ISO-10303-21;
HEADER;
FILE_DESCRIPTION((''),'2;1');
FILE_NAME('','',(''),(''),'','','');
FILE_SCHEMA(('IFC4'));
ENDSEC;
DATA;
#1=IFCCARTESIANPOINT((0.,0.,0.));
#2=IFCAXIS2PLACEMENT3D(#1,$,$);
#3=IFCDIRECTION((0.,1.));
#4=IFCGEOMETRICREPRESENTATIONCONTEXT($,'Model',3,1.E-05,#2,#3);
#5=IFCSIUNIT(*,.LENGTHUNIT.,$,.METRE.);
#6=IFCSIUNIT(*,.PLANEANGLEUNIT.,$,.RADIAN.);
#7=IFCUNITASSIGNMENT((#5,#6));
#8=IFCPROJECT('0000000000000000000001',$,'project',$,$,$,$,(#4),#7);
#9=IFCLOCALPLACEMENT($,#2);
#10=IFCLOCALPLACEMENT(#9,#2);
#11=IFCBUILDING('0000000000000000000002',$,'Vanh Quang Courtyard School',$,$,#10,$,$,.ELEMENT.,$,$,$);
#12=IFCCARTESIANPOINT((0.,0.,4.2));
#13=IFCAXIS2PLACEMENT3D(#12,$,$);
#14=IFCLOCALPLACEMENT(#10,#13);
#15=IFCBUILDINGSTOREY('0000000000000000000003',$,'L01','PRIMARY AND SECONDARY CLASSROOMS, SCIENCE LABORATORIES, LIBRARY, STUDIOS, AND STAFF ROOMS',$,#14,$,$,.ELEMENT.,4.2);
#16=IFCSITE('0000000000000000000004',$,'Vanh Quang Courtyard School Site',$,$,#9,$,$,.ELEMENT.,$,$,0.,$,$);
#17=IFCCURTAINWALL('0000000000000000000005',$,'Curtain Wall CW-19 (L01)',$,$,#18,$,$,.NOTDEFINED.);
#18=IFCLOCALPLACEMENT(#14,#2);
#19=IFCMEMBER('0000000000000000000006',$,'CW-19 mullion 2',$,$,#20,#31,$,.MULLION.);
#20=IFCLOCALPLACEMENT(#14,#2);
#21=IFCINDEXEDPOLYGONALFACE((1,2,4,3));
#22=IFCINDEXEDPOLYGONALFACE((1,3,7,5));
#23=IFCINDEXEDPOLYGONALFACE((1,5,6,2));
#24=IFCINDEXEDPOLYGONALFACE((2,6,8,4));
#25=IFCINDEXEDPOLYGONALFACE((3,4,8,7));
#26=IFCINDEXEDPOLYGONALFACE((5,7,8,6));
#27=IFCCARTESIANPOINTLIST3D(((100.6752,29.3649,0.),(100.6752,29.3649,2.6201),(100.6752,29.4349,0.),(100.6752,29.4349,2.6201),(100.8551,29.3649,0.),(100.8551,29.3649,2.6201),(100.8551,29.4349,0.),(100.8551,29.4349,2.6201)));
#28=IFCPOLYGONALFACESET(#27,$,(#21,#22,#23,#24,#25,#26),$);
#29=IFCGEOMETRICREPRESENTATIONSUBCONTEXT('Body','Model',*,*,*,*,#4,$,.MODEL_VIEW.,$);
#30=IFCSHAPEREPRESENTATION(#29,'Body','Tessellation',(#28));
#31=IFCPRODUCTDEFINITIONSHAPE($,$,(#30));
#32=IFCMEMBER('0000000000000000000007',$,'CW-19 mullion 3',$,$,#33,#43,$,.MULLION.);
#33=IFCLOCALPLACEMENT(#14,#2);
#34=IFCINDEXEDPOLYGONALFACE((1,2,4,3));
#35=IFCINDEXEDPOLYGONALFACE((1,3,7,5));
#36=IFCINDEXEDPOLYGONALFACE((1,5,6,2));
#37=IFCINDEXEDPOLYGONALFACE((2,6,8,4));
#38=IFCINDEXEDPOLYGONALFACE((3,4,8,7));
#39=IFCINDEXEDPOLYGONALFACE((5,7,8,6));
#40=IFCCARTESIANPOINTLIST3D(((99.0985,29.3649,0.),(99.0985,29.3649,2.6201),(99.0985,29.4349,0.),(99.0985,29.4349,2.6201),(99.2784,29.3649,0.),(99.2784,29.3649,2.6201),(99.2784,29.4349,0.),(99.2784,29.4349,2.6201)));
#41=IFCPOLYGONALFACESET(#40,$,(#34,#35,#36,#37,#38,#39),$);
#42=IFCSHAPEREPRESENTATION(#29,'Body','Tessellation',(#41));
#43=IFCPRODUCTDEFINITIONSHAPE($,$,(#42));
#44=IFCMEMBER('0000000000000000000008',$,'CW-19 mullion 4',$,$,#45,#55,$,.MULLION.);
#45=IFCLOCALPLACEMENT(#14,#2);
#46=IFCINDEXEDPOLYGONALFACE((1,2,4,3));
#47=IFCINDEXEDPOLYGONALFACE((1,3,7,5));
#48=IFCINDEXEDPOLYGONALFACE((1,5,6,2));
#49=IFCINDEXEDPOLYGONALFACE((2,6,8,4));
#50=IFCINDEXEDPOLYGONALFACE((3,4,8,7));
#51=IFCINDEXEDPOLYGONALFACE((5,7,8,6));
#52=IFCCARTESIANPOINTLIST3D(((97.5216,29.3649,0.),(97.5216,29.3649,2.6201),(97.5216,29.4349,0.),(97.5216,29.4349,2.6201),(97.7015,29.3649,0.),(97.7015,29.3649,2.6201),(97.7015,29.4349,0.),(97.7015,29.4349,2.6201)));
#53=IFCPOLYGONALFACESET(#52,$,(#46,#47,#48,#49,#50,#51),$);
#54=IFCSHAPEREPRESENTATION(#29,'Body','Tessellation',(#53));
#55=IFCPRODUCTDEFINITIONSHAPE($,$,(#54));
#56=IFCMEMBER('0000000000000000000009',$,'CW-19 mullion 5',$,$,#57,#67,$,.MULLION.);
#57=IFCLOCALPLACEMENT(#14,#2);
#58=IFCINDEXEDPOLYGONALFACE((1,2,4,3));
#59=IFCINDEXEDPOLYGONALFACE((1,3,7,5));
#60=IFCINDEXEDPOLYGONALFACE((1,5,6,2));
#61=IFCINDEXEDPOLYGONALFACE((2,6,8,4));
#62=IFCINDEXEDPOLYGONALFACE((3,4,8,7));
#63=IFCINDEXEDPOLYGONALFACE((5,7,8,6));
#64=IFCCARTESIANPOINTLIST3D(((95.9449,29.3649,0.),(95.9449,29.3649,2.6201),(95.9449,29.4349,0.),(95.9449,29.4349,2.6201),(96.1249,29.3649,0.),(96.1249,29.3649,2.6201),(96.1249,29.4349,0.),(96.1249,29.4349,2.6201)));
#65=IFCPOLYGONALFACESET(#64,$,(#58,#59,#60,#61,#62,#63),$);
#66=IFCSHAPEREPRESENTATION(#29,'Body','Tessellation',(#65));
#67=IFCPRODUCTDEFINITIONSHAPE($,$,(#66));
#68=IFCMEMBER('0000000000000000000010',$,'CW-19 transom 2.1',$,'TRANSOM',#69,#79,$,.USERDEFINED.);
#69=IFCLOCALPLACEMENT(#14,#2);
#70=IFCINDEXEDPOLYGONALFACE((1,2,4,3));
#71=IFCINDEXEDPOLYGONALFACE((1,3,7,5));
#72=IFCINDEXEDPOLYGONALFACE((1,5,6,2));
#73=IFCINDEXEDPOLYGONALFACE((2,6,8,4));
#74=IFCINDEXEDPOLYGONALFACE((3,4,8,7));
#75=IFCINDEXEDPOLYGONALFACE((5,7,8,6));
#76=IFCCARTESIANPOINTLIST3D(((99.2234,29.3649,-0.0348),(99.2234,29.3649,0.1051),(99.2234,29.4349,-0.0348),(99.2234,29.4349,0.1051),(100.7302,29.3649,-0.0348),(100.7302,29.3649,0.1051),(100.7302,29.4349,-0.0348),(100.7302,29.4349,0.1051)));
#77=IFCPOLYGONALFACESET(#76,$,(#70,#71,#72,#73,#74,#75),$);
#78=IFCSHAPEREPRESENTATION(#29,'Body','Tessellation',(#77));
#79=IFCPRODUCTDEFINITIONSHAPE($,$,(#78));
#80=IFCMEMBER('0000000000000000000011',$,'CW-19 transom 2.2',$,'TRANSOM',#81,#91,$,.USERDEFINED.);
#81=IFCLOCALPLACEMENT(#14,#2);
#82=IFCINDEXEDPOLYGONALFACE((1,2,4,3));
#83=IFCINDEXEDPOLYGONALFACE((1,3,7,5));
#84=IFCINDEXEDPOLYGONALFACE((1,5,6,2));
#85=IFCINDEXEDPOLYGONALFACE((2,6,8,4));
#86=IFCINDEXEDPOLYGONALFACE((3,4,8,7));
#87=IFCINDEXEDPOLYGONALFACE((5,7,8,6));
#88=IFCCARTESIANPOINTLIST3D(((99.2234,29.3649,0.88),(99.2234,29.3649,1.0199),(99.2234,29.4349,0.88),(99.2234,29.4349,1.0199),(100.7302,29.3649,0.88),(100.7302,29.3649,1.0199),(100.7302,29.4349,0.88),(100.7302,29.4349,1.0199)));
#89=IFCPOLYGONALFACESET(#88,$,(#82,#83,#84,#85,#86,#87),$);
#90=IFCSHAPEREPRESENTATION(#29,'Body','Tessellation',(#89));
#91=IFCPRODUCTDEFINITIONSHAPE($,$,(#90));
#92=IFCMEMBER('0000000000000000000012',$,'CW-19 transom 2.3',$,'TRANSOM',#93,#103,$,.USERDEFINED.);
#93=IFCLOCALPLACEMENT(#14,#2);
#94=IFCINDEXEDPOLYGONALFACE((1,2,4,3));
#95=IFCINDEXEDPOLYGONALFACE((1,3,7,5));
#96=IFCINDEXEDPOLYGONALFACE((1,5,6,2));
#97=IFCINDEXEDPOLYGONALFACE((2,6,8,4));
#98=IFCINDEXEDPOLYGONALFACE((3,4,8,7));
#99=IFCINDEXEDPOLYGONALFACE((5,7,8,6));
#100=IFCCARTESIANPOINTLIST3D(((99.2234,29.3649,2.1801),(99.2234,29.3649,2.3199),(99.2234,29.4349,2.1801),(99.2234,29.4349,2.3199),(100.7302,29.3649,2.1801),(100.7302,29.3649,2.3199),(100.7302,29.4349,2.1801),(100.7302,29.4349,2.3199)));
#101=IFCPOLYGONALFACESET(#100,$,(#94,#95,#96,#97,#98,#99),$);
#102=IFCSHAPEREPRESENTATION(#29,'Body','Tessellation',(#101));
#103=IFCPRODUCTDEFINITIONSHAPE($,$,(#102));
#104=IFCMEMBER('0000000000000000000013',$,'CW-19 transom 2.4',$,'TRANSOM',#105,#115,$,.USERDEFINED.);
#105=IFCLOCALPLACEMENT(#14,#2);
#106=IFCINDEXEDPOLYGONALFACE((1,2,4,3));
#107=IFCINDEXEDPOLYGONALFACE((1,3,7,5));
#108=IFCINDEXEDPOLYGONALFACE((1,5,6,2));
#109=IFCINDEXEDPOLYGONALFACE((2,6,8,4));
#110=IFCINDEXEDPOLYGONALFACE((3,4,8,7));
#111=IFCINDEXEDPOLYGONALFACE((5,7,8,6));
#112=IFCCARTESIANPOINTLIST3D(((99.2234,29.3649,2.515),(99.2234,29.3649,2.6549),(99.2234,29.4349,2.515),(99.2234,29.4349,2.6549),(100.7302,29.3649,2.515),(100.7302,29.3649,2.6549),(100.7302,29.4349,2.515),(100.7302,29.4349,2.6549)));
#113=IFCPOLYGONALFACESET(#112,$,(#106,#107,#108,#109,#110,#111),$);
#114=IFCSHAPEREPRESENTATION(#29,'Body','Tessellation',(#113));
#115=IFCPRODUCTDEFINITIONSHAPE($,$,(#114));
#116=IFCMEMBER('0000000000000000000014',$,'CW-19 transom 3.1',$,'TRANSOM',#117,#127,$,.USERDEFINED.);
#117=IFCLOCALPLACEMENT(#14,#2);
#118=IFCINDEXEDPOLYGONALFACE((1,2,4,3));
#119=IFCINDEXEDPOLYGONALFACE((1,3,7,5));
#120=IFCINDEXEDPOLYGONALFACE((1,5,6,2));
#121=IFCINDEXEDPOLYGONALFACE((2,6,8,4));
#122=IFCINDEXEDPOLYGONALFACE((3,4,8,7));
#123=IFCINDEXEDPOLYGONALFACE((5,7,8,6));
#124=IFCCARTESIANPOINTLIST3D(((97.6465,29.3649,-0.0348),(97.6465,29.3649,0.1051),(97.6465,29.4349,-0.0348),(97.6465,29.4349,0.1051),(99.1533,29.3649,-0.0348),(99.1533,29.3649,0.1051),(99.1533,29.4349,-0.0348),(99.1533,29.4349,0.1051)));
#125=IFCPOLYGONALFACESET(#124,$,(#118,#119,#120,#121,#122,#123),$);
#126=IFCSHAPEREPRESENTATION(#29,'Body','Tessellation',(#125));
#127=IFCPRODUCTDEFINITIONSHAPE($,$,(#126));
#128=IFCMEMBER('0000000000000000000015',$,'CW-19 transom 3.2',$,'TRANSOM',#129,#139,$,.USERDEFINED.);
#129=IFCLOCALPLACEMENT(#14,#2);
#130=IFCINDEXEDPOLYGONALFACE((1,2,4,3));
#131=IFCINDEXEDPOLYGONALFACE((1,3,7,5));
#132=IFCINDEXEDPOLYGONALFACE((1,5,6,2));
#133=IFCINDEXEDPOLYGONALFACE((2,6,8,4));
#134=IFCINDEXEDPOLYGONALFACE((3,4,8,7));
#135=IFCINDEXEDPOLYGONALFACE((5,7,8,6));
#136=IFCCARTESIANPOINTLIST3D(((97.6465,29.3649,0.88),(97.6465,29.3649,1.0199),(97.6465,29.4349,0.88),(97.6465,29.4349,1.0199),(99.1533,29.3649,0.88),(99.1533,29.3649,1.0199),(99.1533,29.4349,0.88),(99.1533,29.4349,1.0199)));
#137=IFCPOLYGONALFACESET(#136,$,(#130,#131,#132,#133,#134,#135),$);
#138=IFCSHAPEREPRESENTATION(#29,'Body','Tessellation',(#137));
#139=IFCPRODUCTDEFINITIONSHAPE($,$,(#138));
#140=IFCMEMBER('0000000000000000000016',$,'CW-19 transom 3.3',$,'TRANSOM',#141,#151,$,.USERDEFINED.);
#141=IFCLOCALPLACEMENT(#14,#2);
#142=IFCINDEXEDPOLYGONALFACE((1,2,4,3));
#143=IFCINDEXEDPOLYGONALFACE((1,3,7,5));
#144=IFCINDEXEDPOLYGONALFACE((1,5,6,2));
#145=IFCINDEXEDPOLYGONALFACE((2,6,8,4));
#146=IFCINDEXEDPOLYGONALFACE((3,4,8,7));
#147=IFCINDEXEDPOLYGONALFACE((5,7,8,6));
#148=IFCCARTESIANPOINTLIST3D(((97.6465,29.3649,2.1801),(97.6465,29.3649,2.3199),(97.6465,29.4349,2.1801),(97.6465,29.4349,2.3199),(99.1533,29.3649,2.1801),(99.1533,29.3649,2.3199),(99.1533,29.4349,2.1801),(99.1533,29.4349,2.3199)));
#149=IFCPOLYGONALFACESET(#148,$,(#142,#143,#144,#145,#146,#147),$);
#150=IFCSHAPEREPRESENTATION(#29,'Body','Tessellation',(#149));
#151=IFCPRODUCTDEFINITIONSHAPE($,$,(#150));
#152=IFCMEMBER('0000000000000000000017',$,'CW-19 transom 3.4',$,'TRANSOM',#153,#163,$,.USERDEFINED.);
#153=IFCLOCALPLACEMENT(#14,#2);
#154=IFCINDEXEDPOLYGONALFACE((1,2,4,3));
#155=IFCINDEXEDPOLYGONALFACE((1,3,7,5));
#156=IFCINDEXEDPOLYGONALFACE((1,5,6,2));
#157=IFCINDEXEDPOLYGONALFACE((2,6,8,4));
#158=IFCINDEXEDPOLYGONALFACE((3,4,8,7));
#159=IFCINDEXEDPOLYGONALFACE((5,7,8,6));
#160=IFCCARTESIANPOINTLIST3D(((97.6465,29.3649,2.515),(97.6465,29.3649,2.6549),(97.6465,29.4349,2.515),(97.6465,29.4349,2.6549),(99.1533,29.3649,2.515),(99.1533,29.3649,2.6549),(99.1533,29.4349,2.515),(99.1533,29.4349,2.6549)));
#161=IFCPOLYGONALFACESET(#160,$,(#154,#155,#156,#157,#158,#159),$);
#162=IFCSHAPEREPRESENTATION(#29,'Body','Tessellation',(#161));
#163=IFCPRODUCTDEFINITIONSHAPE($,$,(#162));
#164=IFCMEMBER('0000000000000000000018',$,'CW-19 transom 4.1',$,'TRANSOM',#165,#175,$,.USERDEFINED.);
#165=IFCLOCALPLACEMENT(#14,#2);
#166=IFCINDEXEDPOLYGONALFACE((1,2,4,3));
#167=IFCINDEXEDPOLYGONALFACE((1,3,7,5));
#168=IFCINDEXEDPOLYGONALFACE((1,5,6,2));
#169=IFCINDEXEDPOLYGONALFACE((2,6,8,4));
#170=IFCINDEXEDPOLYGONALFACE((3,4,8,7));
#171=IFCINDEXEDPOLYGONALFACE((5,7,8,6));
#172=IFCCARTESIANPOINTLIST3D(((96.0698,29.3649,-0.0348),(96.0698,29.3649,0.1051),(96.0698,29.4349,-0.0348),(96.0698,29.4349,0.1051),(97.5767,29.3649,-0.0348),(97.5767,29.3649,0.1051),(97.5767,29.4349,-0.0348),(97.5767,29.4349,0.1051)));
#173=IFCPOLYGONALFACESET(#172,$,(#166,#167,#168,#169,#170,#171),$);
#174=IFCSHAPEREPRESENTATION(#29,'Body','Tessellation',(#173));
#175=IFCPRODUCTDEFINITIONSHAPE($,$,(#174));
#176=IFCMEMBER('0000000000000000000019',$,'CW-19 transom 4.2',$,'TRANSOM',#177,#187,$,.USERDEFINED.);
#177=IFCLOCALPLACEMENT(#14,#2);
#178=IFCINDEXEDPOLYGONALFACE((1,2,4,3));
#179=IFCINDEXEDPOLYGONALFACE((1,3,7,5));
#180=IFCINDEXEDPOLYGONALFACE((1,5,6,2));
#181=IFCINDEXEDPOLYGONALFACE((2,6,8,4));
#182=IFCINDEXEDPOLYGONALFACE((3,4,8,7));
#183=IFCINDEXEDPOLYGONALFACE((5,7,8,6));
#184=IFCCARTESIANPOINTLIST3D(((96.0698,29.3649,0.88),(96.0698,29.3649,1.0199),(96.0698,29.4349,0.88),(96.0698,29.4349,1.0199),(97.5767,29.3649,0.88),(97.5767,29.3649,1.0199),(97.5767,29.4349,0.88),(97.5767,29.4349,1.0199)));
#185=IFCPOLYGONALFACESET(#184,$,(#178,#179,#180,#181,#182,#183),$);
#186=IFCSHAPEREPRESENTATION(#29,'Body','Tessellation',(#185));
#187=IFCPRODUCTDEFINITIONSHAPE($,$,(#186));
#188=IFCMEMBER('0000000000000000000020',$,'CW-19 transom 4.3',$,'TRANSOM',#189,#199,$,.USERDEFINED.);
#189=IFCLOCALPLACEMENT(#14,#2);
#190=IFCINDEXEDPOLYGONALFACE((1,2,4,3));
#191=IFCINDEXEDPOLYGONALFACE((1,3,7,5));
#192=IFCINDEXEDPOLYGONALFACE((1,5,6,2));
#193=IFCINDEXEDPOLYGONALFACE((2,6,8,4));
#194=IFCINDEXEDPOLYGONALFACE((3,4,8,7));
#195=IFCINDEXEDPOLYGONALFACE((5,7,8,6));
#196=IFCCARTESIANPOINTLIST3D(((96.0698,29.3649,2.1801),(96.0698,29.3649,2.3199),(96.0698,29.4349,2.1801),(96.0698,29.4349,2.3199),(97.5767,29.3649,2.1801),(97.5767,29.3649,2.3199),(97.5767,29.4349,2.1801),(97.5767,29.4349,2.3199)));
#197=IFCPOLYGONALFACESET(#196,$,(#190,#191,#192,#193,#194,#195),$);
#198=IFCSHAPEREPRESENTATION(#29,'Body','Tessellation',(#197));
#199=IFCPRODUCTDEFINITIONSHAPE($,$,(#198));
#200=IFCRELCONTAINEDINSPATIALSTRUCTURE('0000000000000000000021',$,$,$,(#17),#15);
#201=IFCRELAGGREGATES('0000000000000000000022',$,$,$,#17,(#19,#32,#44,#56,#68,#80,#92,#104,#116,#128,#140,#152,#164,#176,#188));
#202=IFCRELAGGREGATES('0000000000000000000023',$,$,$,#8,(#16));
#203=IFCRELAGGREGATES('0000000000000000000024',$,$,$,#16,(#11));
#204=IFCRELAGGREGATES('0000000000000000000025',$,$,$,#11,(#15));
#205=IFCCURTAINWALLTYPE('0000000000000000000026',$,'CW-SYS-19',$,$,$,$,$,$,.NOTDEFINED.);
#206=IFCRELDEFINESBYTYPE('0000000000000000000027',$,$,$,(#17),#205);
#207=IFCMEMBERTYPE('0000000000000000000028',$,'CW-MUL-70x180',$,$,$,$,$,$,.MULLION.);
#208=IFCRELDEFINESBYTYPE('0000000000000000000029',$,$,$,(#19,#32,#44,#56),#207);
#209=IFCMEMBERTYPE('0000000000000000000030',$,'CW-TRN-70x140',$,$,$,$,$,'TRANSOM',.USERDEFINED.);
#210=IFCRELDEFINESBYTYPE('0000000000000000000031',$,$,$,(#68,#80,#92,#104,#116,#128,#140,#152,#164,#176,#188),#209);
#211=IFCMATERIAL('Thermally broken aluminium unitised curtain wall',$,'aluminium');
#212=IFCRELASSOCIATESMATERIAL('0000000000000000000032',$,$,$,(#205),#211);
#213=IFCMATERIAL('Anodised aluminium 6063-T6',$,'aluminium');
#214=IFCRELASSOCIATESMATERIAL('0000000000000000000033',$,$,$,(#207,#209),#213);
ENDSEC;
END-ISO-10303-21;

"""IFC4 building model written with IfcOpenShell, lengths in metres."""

from ifc_helpers import new_model, si_unit, direction, frame, origin, origin_2d, place, context, subcontext, project, spatial, rectangle, extrude, material, material_profile, profile_set, type_object, element, aggregate, save


model = new_model("IFC4")

# Units and contexts
model_context = context("Model", 3, precision=1e-05, world=origin(), true_north=direction((0.0, 1.0)))
body_context = subcontext(model_context, "Body", "Model", "MODEL_VIEW")
ifc_project = project(units=[si_unit("LENGTHUNIT", "METRE"), si_unit("PLANEANGLEUNIT", "RADIAN")], contexts=[model_context])

# Site, building, storey
site_placement = place(None, origin())
site = spatial("IfcSite", under=ifc_project, at=site_placement, Name="Vanh Quang Courtyard School Site", CompositionType="ELEMENT", RefElevation=0.0)
building_placement = place(site_placement, origin())
building = spatial("IfcBuilding", under=site, at=building_placement, Name="Vanh Quang Courtyard School", CompositionType="ELEMENT")
storey_placement = place(building_placement, frame((0.0, 0.0, 4.2)))
storey = spatial("IfcBuildingStorey", under=building, at=storey_placement, Name="L01", Description="PRIMARY AND SECONDARY CLASSROOMS, SCIENCE LABORATORIES, LIBRARY, STUDIOS, AND STAFF ROOMS", CompositionType="ELEMENT", Elevation=4.2)

# Curtain wall, members
ifc_material_1 = material(Name="Thermally broken aluminium unitised curtain wall", Category="aluminium")
curtain_wall_type = type_object("IfcCurtainWallType", Name="CW-SYS-19", PredefinedType="NOTDEFINED", material=ifc_material_1)
curtain_wall_placement = place(storey_placement, origin())
curtain_wall = element("IfcCurtainWall", 1, at=curtain_wall_placement, inside=storey, type_object=curtain_wall_type, Name="Curtain Wall CW-19 (L01)", PredefinedType="NOTDEFINED")
ifc_material_2 = material(Name="Anodised aluminium 6063-T6", Category="aluminium")
ifc_material_profile_1 = material_profile(ifc_material_2, rectangle(XDim=0.0701, YDim=0.1799, at=origin_2d()), Name="ALU-MUL 70x180")
ifc_profile_set_1 = profile_set([ifc_material_profile_1], Name="Anodised aluminium 6063-T6")
member_type_1 = type_object("IfcMemberType", Name="CW-MUL-70x180", PredefinedType="MULLION", material=ifc_profile_set_1)
member_1_placement = place(storey_placement, frame((100.7651, 29.3999, 0.0), z_axis=(0.0, 0.0, 1.0), x_axis=(0.0, -1.0, 0.0)))
member_1 = element("IfcMember", 2, at=member_1_placement, type_object=member_type_1, Name="CW-19 mullion 2", PredefinedType="MULLION", context=body_context, shape_type="SweptSolid", body=[
    extrude(rectangle(XDim=0.0701, YDim=0.1799, at=origin_2d()), origin(), (0.0, 0.0, 1.0), 2.6201),
])
member_2_placement = place(storey_placement, frame((99.1885, 29.3999, 0.0), z_axis=(0.0, 0.0, 1.0), x_axis=(0.0, -1.0, 0.0)))
member_2 = element("IfcMember", 3, at=member_2_placement, type_object=member_type_1, Name="CW-19 mullion 3", PredefinedType="MULLION", context=body_context, shape_type="SweptSolid", body=[
    extrude(rectangle(XDim=0.0701, YDim=0.1799, at=origin_2d()), origin(), (0.0, 0.0, 1.0), 2.6201),
])
member_3_placement = place(storey_placement, frame((97.6116, 29.3999, 0.0), z_axis=(0.0, 0.0, 1.0), x_axis=(0.0, -1.0, 0.0)))
member_3 = element("IfcMember", 4, at=member_3_placement, type_object=member_type_1, Name="CW-19 mullion 4", PredefinedType="MULLION", context=body_context, shape_type="SweptSolid", body=[
    extrude(rectangle(XDim=0.0701, YDim=0.1799, at=origin_2d()), origin(), (0.0, 0.0, 1.0), 2.6201),
])
member_4_placement = place(storey_placement, frame((96.0349, 29.3999, 0.0), z_axis=(0.0, 0.0, 1.0), x_axis=(0.0, -1.0, 0.0)))
member_4 = element("IfcMember", 5, at=member_4_placement, type_object=member_type_1, Name="CW-19 mullion 5", PredefinedType="MULLION", context=body_context, shape_type="SweptSolid", body=[
    extrude(rectangle(XDim=0.0701, YDim=0.1799, at=origin_2d()), origin(), (0.0, 0.0, 1.0), 2.6201),
])
ifc_material_profile_2 = material_profile(ifc_material_2, rectangle(XDim=0.0701, YDim=0.1399, at=origin_2d()), Name="ALU-TRN 70x140")
ifc_profile_set_2 = profile_set([ifc_material_profile_2], Name="Anodised aluminium 6063-T6")
member_type_2 = type_object("IfcMemberType", Name="CW-TRN-70x140", ElementType="TRANSOM", PredefinedType="USERDEFINED", material=ifc_profile_set_2)
member_5_placement = place(storey_placement, frame((100.7302, 29.3999, 0.0352), z_axis=(-1.0, 0.0, 0.0), x_axis=(0.0, -1.0, 0.0)))
member_5 = element("IfcMember", 6, at=member_5_placement, type_object=member_type_2, Name="CW-19 transom 2.1", ObjectType="TRANSOM", PredefinedType="USERDEFINED", context=body_context, shape_type="SweptSolid", body=[
    extrude(rectangle(XDim=0.0701, YDim=0.1399, at=origin_2d()), origin(), (0.0, 0.0, 1.0), 1.5068),
])
member_6_placement = place(storey_placement, frame((100.7302, 29.3999, 0.95), z_axis=(-1.0, 0.0, 0.0), x_axis=(0.0, -1.0, 0.0)))
member_6 = element("IfcMember", 7, at=member_6_placement, type_object=member_type_2, Name="CW-19 transom 2.2", ObjectType="TRANSOM", PredefinedType="USERDEFINED", context=body_context, shape_type="SweptSolid", body=[
    extrude(rectangle(XDim=0.0701, YDim=0.1399, at=origin_2d()), origin(), (0.0, 0.0, 1.0), 1.5068),
])
member_7_placement = place(storey_placement, frame((100.7302, 29.3999, 2.25), z_axis=(-1.0, 0.0, 0.0), x_axis=(0.0, -1.0, 0.0)))
member_7 = element("IfcMember", 8, at=member_7_placement, type_object=member_type_2, Name="CW-19 transom 2.3", ObjectType="TRANSOM", PredefinedType="USERDEFINED", context=body_context, shape_type="SweptSolid", body=[
    extrude(rectangle(XDim=0.0701, YDim=0.1399, at=origin_2d()), origin(), (0.0, 0.0, 1.0), 1.5068),
])
member_8_placement = place(storey_placement, frame((100.7302, 29.3999, 2.585), z_axis=(-1.0, 0.0, 0.0), x_axis=(0.0, -1.0, 0.0)))
member_8 = element("IfcMember", 9, at=member_8_placement, type_object=member_type_2, Name="CW-19 transom 2.4", ObjectType="TRANSOM", PredefinedType="USERDEFINED", context=body_context, shape_type="SweptSolid", body=[
    extrude(rectangle(XDim=0.0701, YDim=0.1399, at=origin_2d()), origin(), (0.0, 0.0, 1.0), 1.5068),
])
member_9_placement = place(storey_placement, frame((99.1533, 29.3999, 0.0352), z_axis=(-1.0, 0.0, 0.0), x_axis=(0.0, -1.0, 0.0)))
member_9 = element("IfcMember", 10, at=member_9_placement, type_object=member_type_2, Name="CW-19 transom 3.1", ObjectType="TRANSOM", PredefinedType="USERDEFINED", context=body_context, shape_type="SweptSolid", body=[
    extrude(rectangle(XDim=0.0701, YDim=0.1399, at=origin_2d()), origin(), (0.0, 0.0, 1.0), 1.5068),
])
member_10_placement = place(storey_placement, frame((99.1533, 29.3999, 0.95), z_axis=(-1.0, 0.0, 0.0), x_axis=(0.0, -1.0, 0.0)))
member_10 = element("IfcMember", 11, at=member_10_placement, type_object=member_type_2, Name="CW-19 transom 3.2", ObjectType="TRANSOM", PredefinedType="USERDEFINED", context=body_context, shape_type="SweptSolid", body=[
    extrude(rectangle(XDim=0.0701, YDim=0.1399, at=origin_2d()), origin(), (0.0, 0.0, 1.0), 1.5068),
])
member_11_placement = place(storey_placement, frame((99.1533, 29.3999, 2.25), z_axis=(-1.0, 0.0, 0.0), x_axis=(0.0, -1.0, 0.0)))
member_11 = element("IfcMember", 12, at=member_11_placement, type_object=member_type_2, Name="CW-19 transom 3.3", ObjectType="TRANSOM", PredefinedType="USERDEFINED", context=body_context, shape_type="SweptSolid", body=[
    extrude(rectangle(XDim=0.0701, YDim=0.1399, at=origin_2d()), origin(), (0.0, 0.0, 1.0), 1.5068),
])
member_12_placement = place(storey_placement, frame((99.1533, 29.3999, 2.585), z_axis=(-1.0, 0.0, 0.0), x_axis=(0.0, -1.0, 0.0)))
member_12 = element("IfcMember", 13, at=member_12_placement, type_object=member_type_2, Name="CW-19 transom 3.4", ObjectType="TRANSOM", PredefinedType="USERDEFINED", context=body_context, shape_type="SweptSolid", body=[
    extrude(rectangle(XDim=0.0701, YDim=0.1399, at=origin_2d()), origin(), (0.0, 0.0, 1.0), 1.5068),
])
member_13_placement = place(storey_placement, frame((97.5767, 29.3999, 0.0352), z_axis=(-1.0, 0.0, 0.0), x_axis=(0.0, -1.0, 0.0)))
member_13 = element("IfcMember", 14, at=member_13_placement, type_object=member_type_2, Name="CW-19 transom 4.1", ObjectType="TRANSOM", PredefinedType="USERDEFINED", context=body_context, shape_type="SweptSolid", body=[
    extrude(rectangle(XDim=0.0701, YDim=0.1399, at=origin_2d()), origin(), (0.0, 0.0, 1.0), 1.5068),
])
member_14_placement = place(storey_placement, frame((97.5767, 29.3999, 0.95), z_axis=(-1.0, 0.0, 0.0), x_axis=(0.0, -1.0, 0.0)))
member_14 = element("IfcMember", 15, at=member_14_placement, type_object=member_type_2, Name="CW-19 transom 4.2", ObjectType="TRANSOM", PredefinedType="USERDEFINED", context=body_context, shape_type="SweptSolid", body=[
    extrude(rectangle(XDim=0.0701, YDim=0.1399, at=origin_2d()), origin(), (0.0, 0.0, 1.0), 1.5068),
])
member_15_placement = place(storey_placement, frame((97.5767, 29.3999, 2.25), z_axis=(-1.0, 0.0, 0.0), x_axis=(0.0, -1.0, 0.0)))
member_15 = element("IfcMember", 16, at=member_15_placement, type_object=member_type_2, Name="CW-19 transom 4.3", ObjectType="TRANSOM", PredefinedType="USERDEFINED", context=body_context, shape_type="SweptSolid", body=[
    extrude(rectangle(XDim=0.0701, YDim=0.1399, at=origin_2d()), origin(), (0.0, 0.0, 1.0), 1.5068),
])
aggregate(curtain_wall, [member_1, member_2, member_3, member_4, member_5, member_6, member_7, member_8, member_9, member_10, member_11, member_12, member_13, member_14, member_15])

save(model, "model.ifc")
